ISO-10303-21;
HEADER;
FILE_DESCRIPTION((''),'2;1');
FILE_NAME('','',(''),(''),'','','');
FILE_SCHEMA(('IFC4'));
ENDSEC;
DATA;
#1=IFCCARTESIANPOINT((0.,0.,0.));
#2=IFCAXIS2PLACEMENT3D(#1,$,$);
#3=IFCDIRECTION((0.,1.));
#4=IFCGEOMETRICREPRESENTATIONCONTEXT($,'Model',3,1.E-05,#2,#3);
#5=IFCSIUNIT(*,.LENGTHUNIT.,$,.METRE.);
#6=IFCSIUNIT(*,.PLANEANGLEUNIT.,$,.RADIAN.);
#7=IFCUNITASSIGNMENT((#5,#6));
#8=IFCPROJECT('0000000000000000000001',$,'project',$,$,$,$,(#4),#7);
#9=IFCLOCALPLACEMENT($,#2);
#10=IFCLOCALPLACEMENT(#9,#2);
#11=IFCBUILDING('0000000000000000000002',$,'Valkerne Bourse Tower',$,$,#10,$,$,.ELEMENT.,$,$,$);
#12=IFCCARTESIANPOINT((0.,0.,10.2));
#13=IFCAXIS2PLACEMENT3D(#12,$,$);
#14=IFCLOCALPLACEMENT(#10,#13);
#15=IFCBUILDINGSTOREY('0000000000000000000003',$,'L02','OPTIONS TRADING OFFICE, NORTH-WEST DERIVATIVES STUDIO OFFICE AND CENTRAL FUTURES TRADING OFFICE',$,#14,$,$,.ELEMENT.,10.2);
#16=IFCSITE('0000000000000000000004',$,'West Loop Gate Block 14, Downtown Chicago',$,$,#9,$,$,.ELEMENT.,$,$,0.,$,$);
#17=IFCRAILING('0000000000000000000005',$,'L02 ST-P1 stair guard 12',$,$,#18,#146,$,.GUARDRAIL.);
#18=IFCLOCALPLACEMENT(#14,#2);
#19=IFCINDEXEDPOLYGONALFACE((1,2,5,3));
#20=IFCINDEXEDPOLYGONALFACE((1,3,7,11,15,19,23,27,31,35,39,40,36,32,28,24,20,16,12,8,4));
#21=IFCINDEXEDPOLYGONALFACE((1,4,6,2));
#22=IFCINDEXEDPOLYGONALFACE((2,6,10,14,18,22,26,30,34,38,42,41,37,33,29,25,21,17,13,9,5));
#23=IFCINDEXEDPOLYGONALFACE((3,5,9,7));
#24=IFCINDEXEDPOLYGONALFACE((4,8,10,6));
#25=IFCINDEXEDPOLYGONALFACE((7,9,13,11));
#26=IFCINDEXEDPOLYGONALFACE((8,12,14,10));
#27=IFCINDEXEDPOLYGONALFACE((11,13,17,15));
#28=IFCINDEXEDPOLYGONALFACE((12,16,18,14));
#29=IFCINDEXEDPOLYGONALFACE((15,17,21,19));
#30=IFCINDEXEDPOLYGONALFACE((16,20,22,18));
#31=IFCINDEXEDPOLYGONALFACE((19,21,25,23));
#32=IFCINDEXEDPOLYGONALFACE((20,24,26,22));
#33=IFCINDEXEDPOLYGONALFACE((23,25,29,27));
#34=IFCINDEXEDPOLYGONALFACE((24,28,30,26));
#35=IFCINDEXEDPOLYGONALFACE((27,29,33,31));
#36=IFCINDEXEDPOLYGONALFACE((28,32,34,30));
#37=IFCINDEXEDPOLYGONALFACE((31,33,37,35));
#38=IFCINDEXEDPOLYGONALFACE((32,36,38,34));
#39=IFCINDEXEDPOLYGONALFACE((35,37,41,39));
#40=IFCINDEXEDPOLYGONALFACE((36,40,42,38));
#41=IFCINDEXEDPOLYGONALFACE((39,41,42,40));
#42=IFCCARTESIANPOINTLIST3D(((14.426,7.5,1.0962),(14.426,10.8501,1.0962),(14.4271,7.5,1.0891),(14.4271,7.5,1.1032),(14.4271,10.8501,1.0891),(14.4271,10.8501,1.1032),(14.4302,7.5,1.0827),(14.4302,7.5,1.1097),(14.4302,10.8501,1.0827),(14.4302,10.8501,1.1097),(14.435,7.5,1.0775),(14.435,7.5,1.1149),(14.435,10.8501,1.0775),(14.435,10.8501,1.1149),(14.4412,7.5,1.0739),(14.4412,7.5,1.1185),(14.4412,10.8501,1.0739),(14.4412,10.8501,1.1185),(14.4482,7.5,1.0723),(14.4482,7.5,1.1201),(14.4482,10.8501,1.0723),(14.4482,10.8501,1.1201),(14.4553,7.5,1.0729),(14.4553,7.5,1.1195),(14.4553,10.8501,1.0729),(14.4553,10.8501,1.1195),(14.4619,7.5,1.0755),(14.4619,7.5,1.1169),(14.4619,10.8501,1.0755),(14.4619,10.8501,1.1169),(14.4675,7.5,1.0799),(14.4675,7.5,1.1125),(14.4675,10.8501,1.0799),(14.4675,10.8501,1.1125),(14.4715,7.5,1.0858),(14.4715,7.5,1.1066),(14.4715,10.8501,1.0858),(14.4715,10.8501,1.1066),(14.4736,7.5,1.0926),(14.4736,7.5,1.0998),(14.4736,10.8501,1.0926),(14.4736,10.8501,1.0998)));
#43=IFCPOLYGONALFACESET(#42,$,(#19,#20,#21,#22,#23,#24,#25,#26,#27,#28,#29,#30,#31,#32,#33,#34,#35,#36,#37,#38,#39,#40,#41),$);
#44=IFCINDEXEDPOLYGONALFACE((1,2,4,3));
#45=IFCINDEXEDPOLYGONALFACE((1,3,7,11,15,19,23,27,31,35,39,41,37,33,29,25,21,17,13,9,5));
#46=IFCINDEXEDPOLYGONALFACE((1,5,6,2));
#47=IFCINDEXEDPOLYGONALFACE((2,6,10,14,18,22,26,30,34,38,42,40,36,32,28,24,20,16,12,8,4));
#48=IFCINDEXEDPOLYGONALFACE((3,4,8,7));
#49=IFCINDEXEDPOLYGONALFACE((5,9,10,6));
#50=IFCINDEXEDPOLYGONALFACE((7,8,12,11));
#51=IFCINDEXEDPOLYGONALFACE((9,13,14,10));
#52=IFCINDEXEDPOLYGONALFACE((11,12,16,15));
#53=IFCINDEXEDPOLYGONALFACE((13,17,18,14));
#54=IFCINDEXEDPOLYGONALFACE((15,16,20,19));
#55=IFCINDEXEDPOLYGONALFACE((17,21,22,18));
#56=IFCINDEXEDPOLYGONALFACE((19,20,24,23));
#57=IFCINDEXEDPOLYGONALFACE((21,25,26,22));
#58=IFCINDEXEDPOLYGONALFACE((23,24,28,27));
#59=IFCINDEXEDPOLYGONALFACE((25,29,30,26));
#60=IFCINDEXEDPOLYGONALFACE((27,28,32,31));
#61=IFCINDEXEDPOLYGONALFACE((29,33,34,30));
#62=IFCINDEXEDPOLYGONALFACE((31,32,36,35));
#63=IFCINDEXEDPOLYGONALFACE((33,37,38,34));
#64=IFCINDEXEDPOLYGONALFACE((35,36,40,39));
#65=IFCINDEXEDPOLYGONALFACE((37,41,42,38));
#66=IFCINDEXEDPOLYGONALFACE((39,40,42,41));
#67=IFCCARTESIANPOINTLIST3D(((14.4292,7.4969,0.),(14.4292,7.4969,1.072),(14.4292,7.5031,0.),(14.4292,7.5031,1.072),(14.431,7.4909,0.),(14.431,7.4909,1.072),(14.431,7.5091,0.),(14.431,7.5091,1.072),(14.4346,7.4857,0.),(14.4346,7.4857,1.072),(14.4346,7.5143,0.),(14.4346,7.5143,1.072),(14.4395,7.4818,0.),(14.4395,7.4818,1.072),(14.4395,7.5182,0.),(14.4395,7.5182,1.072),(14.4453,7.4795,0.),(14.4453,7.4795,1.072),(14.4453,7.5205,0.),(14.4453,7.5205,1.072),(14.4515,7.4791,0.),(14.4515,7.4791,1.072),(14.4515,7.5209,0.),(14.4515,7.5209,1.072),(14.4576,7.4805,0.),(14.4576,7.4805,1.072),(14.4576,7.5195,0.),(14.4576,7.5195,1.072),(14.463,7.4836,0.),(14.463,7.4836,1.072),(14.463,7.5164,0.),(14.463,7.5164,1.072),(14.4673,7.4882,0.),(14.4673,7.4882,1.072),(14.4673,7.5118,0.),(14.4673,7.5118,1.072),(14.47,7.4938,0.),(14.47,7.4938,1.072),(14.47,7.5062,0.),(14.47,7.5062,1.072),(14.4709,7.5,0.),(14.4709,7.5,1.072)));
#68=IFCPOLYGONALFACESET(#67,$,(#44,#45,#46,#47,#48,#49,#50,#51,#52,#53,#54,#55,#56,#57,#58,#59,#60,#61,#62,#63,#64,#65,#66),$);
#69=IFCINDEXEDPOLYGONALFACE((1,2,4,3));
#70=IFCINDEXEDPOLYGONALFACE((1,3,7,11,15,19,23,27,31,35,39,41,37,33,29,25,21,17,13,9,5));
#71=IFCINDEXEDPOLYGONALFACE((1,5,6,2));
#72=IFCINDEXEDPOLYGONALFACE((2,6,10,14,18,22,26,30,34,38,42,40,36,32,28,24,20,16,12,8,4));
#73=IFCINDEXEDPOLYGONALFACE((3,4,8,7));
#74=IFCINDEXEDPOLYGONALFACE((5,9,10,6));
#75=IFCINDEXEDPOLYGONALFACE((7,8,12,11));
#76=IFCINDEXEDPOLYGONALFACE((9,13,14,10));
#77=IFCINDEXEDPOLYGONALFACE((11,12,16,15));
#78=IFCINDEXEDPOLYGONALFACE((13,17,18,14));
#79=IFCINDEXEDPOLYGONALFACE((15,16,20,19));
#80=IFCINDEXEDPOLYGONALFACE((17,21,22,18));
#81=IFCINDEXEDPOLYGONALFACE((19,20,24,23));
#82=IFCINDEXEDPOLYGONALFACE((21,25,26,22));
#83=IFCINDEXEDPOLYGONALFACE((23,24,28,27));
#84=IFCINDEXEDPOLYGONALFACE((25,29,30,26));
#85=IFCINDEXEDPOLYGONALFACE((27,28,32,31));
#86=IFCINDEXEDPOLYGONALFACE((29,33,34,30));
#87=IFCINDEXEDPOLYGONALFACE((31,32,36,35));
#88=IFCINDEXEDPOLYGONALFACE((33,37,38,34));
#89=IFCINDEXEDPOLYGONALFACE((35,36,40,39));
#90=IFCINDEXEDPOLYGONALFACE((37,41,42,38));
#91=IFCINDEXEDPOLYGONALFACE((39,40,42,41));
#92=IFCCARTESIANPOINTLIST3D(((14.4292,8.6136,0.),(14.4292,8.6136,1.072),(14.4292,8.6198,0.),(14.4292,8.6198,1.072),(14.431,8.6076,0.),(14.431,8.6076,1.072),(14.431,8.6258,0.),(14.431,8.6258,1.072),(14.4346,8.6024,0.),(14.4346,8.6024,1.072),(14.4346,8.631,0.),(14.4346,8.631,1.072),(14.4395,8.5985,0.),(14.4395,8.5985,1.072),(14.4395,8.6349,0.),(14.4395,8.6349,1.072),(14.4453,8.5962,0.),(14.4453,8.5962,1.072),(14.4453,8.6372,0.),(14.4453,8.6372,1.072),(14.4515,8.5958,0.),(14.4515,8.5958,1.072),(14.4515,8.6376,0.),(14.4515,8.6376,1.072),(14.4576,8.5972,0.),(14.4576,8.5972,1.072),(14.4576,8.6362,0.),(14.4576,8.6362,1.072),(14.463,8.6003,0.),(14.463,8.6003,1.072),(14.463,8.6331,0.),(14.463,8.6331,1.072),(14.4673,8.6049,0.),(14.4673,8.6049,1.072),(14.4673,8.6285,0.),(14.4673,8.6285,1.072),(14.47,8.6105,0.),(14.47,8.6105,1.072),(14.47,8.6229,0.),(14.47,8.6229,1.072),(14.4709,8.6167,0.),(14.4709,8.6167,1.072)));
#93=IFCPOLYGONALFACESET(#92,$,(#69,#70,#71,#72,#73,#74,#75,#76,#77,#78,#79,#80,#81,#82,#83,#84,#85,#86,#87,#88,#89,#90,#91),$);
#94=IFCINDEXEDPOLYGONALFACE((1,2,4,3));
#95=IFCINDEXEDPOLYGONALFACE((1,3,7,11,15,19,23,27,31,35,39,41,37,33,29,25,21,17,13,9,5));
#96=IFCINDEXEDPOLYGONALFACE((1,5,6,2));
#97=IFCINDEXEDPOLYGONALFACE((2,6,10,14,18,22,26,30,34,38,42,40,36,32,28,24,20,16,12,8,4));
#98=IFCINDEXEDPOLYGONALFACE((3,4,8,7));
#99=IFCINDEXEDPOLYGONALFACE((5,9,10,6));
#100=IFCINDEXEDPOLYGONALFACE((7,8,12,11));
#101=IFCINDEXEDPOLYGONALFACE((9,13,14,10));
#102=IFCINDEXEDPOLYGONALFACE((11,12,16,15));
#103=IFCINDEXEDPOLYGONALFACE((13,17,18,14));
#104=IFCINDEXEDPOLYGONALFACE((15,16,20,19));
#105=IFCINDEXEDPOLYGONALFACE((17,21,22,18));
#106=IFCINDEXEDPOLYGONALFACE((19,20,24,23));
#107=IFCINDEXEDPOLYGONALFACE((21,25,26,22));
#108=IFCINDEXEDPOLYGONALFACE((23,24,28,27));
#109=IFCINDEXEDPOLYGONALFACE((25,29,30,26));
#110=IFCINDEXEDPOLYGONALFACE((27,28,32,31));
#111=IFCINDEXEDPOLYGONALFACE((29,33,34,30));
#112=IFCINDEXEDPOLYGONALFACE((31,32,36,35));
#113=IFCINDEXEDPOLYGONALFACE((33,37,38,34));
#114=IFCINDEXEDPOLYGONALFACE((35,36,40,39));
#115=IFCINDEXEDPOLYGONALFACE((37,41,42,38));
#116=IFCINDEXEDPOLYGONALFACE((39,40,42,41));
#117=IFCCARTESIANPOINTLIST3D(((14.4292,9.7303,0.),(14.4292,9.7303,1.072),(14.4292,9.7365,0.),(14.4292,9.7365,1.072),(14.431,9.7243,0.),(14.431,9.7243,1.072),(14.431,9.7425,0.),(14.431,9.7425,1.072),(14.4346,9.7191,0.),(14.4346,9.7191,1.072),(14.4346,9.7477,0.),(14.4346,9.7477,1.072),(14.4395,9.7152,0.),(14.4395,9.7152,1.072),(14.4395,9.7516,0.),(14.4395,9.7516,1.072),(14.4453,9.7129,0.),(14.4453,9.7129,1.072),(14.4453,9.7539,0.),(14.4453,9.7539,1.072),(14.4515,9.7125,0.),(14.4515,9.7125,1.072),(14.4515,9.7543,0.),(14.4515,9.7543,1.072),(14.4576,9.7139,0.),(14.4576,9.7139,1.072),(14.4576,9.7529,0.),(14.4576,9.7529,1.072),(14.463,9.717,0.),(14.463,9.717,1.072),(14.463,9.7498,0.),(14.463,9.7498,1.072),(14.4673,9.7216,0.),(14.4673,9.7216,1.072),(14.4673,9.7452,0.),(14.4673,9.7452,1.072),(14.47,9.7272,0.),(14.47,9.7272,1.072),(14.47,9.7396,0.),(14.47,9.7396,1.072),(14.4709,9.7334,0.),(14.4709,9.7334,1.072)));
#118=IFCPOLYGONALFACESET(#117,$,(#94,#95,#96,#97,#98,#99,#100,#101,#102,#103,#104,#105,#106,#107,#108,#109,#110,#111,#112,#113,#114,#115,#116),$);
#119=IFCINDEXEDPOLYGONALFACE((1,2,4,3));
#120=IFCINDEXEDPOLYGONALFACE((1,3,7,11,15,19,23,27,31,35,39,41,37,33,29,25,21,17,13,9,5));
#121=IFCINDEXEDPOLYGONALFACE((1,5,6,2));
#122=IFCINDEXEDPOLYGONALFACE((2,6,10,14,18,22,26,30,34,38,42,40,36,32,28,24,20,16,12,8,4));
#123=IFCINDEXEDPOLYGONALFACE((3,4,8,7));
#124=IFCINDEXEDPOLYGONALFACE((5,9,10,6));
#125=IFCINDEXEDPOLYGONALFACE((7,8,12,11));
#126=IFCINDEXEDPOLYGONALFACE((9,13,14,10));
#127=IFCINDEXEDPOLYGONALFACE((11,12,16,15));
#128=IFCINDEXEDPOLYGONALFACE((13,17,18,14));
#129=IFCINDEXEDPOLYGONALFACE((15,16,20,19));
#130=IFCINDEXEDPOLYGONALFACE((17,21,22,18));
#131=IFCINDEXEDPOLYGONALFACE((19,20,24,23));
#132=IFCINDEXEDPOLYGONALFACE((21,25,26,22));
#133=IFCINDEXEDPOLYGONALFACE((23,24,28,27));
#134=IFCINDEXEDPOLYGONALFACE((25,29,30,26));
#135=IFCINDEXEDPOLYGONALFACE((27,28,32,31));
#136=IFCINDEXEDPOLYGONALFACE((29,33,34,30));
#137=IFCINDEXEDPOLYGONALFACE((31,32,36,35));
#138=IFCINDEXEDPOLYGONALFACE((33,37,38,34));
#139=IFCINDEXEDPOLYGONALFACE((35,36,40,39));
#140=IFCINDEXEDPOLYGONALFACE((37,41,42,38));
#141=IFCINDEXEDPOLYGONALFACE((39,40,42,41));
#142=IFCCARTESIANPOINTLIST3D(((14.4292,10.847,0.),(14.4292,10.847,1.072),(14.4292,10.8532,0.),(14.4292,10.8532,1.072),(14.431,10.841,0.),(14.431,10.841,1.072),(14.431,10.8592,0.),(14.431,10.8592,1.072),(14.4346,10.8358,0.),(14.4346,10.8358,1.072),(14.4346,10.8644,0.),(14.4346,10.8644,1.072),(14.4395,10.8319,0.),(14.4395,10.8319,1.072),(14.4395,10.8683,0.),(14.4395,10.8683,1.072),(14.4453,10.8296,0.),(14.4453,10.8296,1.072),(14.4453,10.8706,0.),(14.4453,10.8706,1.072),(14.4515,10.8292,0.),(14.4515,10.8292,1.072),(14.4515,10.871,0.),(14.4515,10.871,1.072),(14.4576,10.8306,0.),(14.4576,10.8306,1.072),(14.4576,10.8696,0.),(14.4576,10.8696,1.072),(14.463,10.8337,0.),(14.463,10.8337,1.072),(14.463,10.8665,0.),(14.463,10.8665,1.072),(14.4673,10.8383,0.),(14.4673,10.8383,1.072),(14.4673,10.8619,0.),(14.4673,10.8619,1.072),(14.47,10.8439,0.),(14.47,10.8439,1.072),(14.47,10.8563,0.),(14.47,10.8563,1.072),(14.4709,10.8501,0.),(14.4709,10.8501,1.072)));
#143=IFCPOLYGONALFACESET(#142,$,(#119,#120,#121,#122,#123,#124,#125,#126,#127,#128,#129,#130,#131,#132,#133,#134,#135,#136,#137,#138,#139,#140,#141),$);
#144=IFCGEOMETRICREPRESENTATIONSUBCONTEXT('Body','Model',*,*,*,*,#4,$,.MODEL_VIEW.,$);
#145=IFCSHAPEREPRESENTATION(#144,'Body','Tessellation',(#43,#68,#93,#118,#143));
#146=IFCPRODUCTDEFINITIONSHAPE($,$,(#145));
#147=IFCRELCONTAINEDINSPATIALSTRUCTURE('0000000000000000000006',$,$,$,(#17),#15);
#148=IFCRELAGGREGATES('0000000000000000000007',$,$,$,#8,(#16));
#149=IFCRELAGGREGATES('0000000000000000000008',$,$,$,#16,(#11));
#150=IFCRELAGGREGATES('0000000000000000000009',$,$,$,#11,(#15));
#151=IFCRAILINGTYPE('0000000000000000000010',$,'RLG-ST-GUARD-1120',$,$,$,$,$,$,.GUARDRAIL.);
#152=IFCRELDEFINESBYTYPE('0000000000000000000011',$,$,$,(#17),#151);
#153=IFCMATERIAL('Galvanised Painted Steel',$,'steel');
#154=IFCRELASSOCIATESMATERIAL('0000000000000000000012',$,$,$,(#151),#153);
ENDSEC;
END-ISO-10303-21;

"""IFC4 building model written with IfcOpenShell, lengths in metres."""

from ifc_helpers import new_model, si_unit, direction, frame, origin, origin_2d, place, context, subcontext, project, spatial, circle, extrude, material, type_object, element, save


model = new_model("IFC4")

# Units and contexts
model_context = context("Model", 3, precision=1e-05, world=origin(), true_north=direction((0.0, 1.0)))
body_context = subcontext(model_context, "Body", "Model", "MODEL_VIEW")
ifc_project = project(units=[si_unit("LENGTHUNIT", "METRE"), si_unit("PLANEANGLEUNIT", "RADIAN")], contexts=[model_context])

# Site, building, storey
site_placement = place(None, origin())
site = spatial("IfcSite", under=ifc_project, at=site_placement, Name="West Loop Gate Block 14, Downtown Chicago", CompositionType="ELEMENT", RefElevation=0.0)
building_placement = place(site_placement, origin())
building = spatial("IfcBuilding", under=site, at=building_placement, Name="Valkerne Bourse Tower", CompositionType="ELEMENT")
storey_placement = place(building_placement, frame((0.0, 0.0, 10.2)))
storey = spatial("IfcBuildingStorey", under=building, at=storey_placement, Name="L02", Description="OPTIONS TRADING OFFICE, NORTH-WEST DERIVATIVES STUDIO OFFICE AND CENTRAL FUTURES TRADING OFFICE", CompositionType="ELEMENT", Elevation=10.2)

# Railing
ifc_material_1 = material(Name="Galvanised Painted Steel", Category="steel")
railing_type_1 = type_object("IfcRailingType", Name="RLG-ST-GUARD-1120", PredefinedType="GUARDRAIL", material=ifc_material_1)
railing_1_placement = place(storey_placement, frame((14.45, 7.5, 0.0)))
element("IfcRailing", 1, at=railing_1_placement, inside=storey, type_object=railing_type_1, Name="L02 ST-P1 stair guard 12", PredefinedType="GUARDRAIL", context=body_context, shape_type="SweptSolid", body=[
    extrude(circle(Radius=0.0239, at=origin_2d()), frame((0.0, 0.0, 1.0962), z_axis=(0.0, 1.0, 0.0), x_axis=(-1.0, 0.0, 0.0)), (0.0, 0.0, 1.0), 3.3501),
    extrude(circle(Radius=0.021, at=origin_2d()), origin(), (0.0, 0.0, 1.0), 1.072),
    extrude(circle(Radius=0.021, at=origin_2d()), frame((0.0, 1.1167, 0.0)), (0.0, 0.0, 1.0), 1.072),
    extrude(circle(Radius=0.021, at=origin_2d()), frame((0.0, 2.2334, 0.0)), (0.0, 0.0, 1.0), 1.072),
    extrude(circle(Radius=0.021, at=origin_2d()), frame((0.0, 3.3501, 0.0)), (0.0, 0.0, 1.0), 1.072),
])

save(model, "model.ifc")
